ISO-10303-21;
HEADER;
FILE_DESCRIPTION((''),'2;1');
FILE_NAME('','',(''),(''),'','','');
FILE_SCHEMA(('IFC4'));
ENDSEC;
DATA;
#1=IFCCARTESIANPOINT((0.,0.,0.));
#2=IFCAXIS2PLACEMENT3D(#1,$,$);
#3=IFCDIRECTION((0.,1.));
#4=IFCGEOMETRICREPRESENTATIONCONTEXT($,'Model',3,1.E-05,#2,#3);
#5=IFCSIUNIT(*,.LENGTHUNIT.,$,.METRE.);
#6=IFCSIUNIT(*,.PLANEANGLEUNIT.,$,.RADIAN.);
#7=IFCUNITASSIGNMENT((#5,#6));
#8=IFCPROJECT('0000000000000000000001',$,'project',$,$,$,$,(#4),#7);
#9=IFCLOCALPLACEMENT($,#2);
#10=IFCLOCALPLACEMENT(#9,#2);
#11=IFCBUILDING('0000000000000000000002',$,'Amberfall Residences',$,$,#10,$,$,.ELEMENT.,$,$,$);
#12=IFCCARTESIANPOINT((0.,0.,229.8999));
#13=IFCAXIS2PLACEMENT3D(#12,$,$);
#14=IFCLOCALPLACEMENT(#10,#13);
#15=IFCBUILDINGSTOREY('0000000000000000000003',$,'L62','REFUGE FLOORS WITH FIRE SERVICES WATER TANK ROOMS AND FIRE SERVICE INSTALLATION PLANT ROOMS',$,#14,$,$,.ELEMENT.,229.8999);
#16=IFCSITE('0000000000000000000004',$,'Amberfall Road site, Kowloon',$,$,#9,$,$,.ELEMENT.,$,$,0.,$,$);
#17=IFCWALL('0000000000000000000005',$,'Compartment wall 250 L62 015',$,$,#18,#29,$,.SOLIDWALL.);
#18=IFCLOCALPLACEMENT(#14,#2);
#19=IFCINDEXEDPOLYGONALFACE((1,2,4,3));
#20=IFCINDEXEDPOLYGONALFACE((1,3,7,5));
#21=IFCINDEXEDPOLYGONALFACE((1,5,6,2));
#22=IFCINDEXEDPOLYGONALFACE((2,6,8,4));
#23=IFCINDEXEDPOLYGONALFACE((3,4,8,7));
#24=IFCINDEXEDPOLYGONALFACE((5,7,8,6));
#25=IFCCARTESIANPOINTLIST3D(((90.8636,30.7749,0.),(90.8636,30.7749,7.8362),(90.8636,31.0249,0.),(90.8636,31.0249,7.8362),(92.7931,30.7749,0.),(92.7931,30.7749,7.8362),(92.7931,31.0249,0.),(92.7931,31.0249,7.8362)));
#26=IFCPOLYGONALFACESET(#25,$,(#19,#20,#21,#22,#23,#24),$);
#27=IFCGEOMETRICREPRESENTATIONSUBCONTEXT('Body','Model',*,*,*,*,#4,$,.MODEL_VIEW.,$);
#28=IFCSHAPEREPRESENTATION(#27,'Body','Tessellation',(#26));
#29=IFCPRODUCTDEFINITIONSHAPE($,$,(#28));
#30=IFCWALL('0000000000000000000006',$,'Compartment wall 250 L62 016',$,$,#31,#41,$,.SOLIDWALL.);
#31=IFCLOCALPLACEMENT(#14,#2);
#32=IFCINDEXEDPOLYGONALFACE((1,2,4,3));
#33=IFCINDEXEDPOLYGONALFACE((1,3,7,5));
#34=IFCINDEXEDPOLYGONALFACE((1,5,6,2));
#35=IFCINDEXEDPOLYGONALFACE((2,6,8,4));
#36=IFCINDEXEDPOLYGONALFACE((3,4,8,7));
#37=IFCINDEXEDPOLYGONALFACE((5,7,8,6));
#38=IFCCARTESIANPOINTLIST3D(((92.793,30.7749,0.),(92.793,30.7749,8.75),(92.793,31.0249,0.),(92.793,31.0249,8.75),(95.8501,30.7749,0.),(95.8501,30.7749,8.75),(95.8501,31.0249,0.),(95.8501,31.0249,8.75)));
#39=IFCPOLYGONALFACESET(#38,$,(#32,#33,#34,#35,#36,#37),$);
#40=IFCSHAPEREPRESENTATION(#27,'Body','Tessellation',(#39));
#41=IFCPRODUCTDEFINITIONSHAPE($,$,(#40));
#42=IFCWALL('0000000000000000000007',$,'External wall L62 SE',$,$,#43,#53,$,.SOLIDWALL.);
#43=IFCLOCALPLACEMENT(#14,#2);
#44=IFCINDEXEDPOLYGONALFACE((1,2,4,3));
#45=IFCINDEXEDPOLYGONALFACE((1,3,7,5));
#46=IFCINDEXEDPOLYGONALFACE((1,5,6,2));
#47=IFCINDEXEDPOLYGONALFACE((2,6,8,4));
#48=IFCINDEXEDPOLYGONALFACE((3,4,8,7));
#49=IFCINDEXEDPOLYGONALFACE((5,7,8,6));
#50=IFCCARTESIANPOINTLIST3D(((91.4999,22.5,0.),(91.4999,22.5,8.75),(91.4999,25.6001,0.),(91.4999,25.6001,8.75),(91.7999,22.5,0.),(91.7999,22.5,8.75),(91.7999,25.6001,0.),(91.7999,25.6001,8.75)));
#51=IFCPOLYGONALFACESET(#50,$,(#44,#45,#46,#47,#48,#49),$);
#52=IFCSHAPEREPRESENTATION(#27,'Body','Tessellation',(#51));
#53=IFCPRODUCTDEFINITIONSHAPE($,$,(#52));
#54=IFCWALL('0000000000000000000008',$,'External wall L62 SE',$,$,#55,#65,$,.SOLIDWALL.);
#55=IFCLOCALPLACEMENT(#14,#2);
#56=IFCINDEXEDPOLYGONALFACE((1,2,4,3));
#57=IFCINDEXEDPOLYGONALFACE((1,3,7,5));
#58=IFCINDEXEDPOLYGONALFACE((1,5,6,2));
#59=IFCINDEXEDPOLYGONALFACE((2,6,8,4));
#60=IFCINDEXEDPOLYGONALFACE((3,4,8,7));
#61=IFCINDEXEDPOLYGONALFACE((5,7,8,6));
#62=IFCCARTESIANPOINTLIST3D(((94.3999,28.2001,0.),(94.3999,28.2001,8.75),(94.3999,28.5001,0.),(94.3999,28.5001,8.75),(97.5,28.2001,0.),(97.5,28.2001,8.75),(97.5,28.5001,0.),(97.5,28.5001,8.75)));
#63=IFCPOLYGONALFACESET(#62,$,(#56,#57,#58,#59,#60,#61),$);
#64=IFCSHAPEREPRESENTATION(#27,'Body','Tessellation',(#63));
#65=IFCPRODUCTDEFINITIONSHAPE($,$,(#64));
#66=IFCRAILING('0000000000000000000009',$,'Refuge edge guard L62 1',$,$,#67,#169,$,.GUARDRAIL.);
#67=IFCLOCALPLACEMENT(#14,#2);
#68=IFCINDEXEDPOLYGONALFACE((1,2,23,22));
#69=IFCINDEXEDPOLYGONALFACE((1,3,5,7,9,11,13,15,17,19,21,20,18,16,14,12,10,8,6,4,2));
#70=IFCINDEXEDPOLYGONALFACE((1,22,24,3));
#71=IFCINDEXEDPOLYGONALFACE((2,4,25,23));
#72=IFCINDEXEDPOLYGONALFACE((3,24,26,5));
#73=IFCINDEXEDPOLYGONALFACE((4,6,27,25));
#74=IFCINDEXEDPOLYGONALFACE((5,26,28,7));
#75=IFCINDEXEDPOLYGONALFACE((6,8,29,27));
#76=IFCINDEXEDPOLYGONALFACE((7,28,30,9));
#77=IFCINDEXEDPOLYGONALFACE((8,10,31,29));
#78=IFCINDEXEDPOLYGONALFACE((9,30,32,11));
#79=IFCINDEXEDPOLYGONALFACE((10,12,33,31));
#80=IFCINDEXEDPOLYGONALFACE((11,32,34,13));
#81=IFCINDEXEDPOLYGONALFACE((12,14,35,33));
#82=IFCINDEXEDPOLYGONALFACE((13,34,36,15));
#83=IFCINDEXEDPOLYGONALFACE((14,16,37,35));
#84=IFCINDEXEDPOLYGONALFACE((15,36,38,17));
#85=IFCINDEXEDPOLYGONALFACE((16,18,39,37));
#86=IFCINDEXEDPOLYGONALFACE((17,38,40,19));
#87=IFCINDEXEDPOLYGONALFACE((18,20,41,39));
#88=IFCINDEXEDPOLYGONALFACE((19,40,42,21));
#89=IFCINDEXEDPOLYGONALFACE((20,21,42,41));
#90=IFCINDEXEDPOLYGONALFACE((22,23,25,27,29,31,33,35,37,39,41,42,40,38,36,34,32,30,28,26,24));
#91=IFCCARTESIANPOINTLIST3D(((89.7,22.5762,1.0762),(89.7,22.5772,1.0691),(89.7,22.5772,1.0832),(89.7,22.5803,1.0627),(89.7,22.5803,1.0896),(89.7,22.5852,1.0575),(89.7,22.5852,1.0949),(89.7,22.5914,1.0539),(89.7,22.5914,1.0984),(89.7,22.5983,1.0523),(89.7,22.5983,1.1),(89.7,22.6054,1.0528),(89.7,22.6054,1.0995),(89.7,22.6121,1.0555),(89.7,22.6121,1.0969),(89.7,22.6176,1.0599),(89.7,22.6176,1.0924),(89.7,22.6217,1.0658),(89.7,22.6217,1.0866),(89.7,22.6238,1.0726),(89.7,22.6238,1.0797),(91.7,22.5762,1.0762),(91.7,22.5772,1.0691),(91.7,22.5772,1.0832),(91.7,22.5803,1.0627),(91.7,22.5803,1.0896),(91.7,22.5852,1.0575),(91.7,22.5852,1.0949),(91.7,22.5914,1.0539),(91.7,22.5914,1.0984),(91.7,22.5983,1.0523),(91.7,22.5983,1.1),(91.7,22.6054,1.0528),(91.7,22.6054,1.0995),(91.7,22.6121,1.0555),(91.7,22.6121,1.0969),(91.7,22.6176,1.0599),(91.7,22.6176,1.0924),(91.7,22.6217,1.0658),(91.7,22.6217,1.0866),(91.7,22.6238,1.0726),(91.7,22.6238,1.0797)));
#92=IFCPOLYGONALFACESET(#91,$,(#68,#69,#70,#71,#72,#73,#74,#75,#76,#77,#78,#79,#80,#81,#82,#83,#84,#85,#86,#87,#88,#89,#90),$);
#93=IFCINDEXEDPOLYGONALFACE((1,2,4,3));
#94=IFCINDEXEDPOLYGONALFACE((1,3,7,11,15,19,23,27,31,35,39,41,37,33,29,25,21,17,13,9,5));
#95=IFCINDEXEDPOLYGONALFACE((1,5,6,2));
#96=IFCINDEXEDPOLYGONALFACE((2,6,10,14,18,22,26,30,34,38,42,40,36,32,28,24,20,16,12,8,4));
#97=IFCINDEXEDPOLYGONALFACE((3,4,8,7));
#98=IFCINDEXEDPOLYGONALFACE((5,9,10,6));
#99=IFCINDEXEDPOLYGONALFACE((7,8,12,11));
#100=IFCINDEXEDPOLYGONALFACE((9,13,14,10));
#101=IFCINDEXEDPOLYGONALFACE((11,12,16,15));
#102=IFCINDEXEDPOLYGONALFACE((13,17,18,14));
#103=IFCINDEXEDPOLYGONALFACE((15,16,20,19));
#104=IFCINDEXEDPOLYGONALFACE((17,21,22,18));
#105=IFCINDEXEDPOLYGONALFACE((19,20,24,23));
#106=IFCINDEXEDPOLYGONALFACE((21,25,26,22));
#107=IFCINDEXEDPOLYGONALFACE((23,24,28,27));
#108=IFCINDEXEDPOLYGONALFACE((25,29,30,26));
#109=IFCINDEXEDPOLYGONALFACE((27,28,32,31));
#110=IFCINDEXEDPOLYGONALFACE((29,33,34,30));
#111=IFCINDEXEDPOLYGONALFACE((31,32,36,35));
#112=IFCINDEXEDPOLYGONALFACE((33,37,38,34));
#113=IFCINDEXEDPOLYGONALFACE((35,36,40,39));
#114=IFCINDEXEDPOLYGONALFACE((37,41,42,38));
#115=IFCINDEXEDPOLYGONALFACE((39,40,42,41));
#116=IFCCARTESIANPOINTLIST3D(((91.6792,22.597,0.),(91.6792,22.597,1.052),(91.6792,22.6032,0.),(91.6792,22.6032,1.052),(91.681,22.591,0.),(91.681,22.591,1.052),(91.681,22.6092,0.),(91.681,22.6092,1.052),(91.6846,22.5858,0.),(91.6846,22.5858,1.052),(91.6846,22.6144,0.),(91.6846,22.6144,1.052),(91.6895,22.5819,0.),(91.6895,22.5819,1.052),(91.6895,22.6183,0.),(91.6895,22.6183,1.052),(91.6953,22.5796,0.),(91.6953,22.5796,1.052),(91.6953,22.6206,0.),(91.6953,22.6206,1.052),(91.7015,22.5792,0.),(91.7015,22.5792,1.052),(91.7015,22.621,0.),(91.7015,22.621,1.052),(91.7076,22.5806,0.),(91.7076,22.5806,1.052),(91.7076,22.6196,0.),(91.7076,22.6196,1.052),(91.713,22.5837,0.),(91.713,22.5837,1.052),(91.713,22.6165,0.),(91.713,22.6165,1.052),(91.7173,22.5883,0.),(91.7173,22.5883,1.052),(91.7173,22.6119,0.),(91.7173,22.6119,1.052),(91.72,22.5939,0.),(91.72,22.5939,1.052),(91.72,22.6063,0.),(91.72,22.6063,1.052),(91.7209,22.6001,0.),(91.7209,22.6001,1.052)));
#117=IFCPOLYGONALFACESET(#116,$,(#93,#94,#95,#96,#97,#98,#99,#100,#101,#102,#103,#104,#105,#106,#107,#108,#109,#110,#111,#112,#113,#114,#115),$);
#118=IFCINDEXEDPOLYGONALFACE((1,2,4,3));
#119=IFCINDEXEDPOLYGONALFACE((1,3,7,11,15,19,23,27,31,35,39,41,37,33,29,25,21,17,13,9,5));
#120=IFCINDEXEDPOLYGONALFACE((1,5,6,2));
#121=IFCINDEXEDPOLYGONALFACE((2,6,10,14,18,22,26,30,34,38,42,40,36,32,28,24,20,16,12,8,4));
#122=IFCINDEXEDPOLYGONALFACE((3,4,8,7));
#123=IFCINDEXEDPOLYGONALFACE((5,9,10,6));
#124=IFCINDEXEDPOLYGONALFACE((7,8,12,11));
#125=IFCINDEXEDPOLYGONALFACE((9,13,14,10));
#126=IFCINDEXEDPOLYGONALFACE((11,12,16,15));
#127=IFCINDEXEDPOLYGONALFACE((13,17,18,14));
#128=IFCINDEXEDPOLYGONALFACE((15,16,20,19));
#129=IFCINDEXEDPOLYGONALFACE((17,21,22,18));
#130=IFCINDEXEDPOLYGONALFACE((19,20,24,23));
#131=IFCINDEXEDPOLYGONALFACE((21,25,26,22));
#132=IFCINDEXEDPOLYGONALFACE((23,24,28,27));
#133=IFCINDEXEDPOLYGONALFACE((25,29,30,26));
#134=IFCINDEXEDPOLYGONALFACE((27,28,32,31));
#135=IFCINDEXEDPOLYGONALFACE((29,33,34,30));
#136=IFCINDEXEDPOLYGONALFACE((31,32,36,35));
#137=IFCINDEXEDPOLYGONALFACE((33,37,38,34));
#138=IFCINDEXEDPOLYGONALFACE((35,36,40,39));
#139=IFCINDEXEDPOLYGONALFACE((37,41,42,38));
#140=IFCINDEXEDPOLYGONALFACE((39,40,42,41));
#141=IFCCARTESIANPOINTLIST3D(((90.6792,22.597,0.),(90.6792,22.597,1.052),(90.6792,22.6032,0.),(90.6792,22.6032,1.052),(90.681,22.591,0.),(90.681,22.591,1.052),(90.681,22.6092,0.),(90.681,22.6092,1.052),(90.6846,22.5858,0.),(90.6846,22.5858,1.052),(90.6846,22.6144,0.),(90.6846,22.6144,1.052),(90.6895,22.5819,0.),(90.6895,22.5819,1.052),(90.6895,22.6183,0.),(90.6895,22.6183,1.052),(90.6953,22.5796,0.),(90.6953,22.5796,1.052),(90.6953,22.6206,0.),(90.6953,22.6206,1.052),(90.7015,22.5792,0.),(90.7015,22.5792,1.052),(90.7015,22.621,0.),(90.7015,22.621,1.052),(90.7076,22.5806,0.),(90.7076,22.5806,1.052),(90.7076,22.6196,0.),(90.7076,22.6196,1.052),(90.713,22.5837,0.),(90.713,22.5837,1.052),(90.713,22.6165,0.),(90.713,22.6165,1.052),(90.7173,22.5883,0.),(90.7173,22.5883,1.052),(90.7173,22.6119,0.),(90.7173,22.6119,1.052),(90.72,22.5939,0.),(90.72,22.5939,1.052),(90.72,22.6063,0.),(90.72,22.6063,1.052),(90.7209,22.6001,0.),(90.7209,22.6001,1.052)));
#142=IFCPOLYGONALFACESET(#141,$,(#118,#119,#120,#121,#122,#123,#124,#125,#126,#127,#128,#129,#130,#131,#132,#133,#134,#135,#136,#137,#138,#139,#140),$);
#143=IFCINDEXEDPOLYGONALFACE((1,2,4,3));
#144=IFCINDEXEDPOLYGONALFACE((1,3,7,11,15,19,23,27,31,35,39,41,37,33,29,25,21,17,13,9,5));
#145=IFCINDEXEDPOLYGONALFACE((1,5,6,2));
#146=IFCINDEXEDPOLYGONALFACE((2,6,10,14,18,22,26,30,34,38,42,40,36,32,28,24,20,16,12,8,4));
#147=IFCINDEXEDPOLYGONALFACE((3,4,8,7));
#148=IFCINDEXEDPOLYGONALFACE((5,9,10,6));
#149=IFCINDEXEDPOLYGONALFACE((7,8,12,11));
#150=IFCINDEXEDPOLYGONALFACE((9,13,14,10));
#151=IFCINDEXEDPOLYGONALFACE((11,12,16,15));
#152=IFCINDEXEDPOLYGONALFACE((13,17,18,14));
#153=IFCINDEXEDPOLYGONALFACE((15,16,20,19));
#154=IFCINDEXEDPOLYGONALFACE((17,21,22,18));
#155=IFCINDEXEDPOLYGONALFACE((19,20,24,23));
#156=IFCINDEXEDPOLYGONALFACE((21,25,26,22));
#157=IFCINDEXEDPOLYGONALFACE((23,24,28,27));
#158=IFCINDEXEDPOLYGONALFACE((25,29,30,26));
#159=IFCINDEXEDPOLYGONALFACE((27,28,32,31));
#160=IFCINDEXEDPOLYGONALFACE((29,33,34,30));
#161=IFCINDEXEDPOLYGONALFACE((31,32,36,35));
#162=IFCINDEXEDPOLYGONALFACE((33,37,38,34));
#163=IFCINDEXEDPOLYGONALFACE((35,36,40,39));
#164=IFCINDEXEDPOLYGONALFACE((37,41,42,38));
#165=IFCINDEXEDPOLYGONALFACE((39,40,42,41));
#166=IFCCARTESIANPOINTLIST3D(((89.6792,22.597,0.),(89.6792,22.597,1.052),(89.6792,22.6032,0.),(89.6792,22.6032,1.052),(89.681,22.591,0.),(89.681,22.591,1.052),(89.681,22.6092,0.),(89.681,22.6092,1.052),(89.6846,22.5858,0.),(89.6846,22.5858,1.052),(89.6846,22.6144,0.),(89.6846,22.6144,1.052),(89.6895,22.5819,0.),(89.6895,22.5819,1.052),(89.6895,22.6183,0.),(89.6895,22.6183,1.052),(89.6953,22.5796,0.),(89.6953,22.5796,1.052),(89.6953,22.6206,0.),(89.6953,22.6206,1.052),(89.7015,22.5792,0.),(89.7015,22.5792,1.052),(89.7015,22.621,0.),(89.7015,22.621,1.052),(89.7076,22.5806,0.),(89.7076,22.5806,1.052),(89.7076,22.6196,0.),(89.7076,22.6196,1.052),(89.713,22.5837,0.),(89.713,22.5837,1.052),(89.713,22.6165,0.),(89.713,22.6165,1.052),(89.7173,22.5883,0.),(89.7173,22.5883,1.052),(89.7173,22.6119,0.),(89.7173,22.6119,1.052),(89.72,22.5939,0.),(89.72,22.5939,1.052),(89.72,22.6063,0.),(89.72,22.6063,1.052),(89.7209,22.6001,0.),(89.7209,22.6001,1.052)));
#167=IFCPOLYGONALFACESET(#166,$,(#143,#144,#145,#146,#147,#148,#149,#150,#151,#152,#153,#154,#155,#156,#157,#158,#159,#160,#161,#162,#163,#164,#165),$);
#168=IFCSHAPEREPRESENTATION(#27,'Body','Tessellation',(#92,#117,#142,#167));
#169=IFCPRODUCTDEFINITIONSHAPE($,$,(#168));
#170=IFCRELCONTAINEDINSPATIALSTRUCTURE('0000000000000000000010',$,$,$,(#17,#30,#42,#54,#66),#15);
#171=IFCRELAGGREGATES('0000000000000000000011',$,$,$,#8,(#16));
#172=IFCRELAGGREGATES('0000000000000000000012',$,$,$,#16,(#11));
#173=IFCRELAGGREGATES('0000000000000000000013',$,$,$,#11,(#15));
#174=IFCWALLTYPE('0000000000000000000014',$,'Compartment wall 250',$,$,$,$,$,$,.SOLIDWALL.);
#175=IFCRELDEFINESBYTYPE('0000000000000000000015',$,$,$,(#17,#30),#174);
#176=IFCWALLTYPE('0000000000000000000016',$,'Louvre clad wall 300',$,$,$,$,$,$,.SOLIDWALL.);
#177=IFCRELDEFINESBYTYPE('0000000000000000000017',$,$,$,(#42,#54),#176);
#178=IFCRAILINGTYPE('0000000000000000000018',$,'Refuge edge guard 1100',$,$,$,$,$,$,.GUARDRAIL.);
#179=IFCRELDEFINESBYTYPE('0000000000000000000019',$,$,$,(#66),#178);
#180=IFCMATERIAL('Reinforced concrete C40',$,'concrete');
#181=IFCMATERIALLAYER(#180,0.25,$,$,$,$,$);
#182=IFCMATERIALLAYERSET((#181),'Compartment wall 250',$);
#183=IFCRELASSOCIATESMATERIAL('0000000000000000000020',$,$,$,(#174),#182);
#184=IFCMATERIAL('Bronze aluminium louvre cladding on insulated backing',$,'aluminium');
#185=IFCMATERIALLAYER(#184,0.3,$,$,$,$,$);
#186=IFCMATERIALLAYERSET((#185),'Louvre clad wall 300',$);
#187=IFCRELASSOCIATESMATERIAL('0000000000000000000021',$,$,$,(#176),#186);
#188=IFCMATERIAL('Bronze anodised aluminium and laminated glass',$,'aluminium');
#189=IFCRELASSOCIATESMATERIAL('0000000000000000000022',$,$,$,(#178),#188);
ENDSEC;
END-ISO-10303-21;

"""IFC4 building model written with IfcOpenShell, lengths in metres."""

from ifc_helpers import new_model, si_unit, direction, frame, frame_2d, origin, origin_2d, place, context, subcontext, project, spatial, rectangle, circle, extrude, material, layer, layer_set, type_object, element, save


model = new_model("IFC4")

# Units and contexts
model_context = context("Model", 3, precision=1e-05, world=origin(), true_north=direction((0.0, 1.0)))
body_context = subcontext(model_context, "Body", "Model", "MODEL_VIEW")
ifc_project = project(units=[si_unit("LENGTHUNIT", "METRE"), si_unit("PLANEANGLEUNIT", "RADIAN")], contexts=[model_context])

# Site, building, storey
site_placement = place(None, origin())
site = spatial("IfcSite", under=ifc_project, at=site_placement, Name="Amberfall Road site, Kowloon", CompositionType="ELEMENT", RefElevation=0.0)
building_placement = place(site_placement, origin())
building = spatial("IfcBuilding", under=site, at=building_placement, Name="Amberfall Residences", CompositionType="ELEMENT")
storey_placement = place(building_placement, frame((0.0, 0.0, 229.8999)))
storey = spatial("IfcBuildingStorey", under=building, at=storey_placement, Name="L62", Description="REFUGE FLOORS WITH FIRE SERVICES WATER TANK ROOMS AND FIRE SERVICE INSTALLATION PLANT ROOMS", CompositionType="ELEMENT", Elevation=229.8999)

# Walls
ifc_material_1 = material(Name="Reinforced concrete C40", Category="concrete")
ifc_layer_1 = layer(ifc_material_1, 0.25)
ifc_layer_set_1 = layer_set([ifc_layer_1], Name="Compartment wall 250")
wall_type_1 = type_object("IfcWallType", Name="Compartment wall 250", PredefinedType="SOLIDWALL", material=ifc_layer_set_1)
wall_1_placement = place(storey_placement, frame((90.8635, 30.8999, 0.0), z_axis=(0.0, 0.0, 1.0), x_axis=(1.0, 0.0, 0.0)))
element("IfcWall", 1, at=wall_1_placement, inside=storey, type_object=wall_type_1, Name="Compartment wall 250 L62 015", PredefinedType="SOLIDWALL", context=body_context, shape_type="SweptSolid", body=[
    extrude(rectangle(XDim=1.9294, YDim=0.25, at=frame_2d((0.9648, 0.0))), origin(), (0.0, 0.0, 1.0), 7.8362),
])
wall_2_placement = place(storey_placement, frame((92.793, 30.8999, 0.0), z_axis=(0.0, 0.0, 1.0), x_axis=(1.0, 0.0, 0.0)))
element("IfcWall", 2, at=wall_2_placement, inside=storey, type_object=wall_type_1, Name="Compartment wall 250 L62 016", PredefinedType="SOLIDWALL", context=body_context, shape_type="SweptSolid", body=[
    extrude(rectangle(XDim=3.0571, YDim=0.25, at=frame_2d((1.5286, 0.0))), origin(), (0.0, 0.0, 1.0), 8.75),
])
ifc_material_2 = material(Name="Bronze aluminium louvre cladding on insulated backing", Category="aluminium")
ifc_layer_2 = layer(ifc_material_2, 0.3)
ifc_layer_set_2 = layer_set([ifc_layer_2], Name="Louvre clad wall 300")
wall_type_2 = type_object("IfcWallType", Name="Louvre clad wall 300", PredefinedType="SOLIDWALL", material=ifc_layer_set_2)
for number, where, z_axis, x_axis, name in (
    (3, (91.6499, 22.5, 0.0), (0.0, 0.0, 1.0), (0.0, 1.0, 0.0), "External wall L62 SE"),
    (4, (94.3999, 28.3501, 0.0), (0.0, 0.0, 1.0), (1.0, 0.0, 0.0), "External wall L62 SE"),
):
    element("IfcWall", number, at=place(storey_placement, frame(where, z_axis=z_axis, x_axis=x_axis)), inside=storey, type_object=wall_type_2, Name=name, PredefinedType="SOLIDWALL", context=body_context, shape_type="SweptSolid", body=[
        extrude(rectangle(XDim=3.1001, YDim=0.3, at=frame_2d((1.55, 0.0))), origin(), (0.0, 0.0, 1.0), 8.75),
    ])

# Railing
ifc_material_3 = material(Name="Bronze anodised aluminium and laminated glass", Category="aluminium")
railing_type = type_object("IfcRailingType", Name="Refuge edge guard 1100", PredefinedType="GUARDRAIL", material=ifc_material_3)
railing_1_placement = place(storey_placement, frame((91.7, 22.6001, 0.0)))
element("IfcRailing", 5, at=railing_1_placement, inside=storey, type_object=railing_type, Name="Refuge edge guard L62 1", PredefinedType="GUARDRAIL", context=body_context, shape_type="SweptSolid", body=[
    extrude(circle(Radius=0.0239, at=origin_2d()), frame((0.0, 0.0, 1.0762), z_axis=(-1.0, 0.0, 0.0), x_axis=(0.0, -1.0, 0.0)), (0.0, 0.0, 1.0), 2.0),
    extrude(circle(Radius=0.021, at=origin_2d()), origin(), (0.0, 0.0, 1.0), 1.052),
    extrude(circle(Radius=0.021, at=origin_2d()), frame((-1.0, 0.0, 0.0)), (0.0, 0.0, 1.0), 1.052),
    extrude(circle(Radius=0.021, at=origin_2d()), frame((-2.0, 0.0, 0.0)), (0.0, 0.0, 1.0), 1.052),
])

save(model, "model.ifc")
